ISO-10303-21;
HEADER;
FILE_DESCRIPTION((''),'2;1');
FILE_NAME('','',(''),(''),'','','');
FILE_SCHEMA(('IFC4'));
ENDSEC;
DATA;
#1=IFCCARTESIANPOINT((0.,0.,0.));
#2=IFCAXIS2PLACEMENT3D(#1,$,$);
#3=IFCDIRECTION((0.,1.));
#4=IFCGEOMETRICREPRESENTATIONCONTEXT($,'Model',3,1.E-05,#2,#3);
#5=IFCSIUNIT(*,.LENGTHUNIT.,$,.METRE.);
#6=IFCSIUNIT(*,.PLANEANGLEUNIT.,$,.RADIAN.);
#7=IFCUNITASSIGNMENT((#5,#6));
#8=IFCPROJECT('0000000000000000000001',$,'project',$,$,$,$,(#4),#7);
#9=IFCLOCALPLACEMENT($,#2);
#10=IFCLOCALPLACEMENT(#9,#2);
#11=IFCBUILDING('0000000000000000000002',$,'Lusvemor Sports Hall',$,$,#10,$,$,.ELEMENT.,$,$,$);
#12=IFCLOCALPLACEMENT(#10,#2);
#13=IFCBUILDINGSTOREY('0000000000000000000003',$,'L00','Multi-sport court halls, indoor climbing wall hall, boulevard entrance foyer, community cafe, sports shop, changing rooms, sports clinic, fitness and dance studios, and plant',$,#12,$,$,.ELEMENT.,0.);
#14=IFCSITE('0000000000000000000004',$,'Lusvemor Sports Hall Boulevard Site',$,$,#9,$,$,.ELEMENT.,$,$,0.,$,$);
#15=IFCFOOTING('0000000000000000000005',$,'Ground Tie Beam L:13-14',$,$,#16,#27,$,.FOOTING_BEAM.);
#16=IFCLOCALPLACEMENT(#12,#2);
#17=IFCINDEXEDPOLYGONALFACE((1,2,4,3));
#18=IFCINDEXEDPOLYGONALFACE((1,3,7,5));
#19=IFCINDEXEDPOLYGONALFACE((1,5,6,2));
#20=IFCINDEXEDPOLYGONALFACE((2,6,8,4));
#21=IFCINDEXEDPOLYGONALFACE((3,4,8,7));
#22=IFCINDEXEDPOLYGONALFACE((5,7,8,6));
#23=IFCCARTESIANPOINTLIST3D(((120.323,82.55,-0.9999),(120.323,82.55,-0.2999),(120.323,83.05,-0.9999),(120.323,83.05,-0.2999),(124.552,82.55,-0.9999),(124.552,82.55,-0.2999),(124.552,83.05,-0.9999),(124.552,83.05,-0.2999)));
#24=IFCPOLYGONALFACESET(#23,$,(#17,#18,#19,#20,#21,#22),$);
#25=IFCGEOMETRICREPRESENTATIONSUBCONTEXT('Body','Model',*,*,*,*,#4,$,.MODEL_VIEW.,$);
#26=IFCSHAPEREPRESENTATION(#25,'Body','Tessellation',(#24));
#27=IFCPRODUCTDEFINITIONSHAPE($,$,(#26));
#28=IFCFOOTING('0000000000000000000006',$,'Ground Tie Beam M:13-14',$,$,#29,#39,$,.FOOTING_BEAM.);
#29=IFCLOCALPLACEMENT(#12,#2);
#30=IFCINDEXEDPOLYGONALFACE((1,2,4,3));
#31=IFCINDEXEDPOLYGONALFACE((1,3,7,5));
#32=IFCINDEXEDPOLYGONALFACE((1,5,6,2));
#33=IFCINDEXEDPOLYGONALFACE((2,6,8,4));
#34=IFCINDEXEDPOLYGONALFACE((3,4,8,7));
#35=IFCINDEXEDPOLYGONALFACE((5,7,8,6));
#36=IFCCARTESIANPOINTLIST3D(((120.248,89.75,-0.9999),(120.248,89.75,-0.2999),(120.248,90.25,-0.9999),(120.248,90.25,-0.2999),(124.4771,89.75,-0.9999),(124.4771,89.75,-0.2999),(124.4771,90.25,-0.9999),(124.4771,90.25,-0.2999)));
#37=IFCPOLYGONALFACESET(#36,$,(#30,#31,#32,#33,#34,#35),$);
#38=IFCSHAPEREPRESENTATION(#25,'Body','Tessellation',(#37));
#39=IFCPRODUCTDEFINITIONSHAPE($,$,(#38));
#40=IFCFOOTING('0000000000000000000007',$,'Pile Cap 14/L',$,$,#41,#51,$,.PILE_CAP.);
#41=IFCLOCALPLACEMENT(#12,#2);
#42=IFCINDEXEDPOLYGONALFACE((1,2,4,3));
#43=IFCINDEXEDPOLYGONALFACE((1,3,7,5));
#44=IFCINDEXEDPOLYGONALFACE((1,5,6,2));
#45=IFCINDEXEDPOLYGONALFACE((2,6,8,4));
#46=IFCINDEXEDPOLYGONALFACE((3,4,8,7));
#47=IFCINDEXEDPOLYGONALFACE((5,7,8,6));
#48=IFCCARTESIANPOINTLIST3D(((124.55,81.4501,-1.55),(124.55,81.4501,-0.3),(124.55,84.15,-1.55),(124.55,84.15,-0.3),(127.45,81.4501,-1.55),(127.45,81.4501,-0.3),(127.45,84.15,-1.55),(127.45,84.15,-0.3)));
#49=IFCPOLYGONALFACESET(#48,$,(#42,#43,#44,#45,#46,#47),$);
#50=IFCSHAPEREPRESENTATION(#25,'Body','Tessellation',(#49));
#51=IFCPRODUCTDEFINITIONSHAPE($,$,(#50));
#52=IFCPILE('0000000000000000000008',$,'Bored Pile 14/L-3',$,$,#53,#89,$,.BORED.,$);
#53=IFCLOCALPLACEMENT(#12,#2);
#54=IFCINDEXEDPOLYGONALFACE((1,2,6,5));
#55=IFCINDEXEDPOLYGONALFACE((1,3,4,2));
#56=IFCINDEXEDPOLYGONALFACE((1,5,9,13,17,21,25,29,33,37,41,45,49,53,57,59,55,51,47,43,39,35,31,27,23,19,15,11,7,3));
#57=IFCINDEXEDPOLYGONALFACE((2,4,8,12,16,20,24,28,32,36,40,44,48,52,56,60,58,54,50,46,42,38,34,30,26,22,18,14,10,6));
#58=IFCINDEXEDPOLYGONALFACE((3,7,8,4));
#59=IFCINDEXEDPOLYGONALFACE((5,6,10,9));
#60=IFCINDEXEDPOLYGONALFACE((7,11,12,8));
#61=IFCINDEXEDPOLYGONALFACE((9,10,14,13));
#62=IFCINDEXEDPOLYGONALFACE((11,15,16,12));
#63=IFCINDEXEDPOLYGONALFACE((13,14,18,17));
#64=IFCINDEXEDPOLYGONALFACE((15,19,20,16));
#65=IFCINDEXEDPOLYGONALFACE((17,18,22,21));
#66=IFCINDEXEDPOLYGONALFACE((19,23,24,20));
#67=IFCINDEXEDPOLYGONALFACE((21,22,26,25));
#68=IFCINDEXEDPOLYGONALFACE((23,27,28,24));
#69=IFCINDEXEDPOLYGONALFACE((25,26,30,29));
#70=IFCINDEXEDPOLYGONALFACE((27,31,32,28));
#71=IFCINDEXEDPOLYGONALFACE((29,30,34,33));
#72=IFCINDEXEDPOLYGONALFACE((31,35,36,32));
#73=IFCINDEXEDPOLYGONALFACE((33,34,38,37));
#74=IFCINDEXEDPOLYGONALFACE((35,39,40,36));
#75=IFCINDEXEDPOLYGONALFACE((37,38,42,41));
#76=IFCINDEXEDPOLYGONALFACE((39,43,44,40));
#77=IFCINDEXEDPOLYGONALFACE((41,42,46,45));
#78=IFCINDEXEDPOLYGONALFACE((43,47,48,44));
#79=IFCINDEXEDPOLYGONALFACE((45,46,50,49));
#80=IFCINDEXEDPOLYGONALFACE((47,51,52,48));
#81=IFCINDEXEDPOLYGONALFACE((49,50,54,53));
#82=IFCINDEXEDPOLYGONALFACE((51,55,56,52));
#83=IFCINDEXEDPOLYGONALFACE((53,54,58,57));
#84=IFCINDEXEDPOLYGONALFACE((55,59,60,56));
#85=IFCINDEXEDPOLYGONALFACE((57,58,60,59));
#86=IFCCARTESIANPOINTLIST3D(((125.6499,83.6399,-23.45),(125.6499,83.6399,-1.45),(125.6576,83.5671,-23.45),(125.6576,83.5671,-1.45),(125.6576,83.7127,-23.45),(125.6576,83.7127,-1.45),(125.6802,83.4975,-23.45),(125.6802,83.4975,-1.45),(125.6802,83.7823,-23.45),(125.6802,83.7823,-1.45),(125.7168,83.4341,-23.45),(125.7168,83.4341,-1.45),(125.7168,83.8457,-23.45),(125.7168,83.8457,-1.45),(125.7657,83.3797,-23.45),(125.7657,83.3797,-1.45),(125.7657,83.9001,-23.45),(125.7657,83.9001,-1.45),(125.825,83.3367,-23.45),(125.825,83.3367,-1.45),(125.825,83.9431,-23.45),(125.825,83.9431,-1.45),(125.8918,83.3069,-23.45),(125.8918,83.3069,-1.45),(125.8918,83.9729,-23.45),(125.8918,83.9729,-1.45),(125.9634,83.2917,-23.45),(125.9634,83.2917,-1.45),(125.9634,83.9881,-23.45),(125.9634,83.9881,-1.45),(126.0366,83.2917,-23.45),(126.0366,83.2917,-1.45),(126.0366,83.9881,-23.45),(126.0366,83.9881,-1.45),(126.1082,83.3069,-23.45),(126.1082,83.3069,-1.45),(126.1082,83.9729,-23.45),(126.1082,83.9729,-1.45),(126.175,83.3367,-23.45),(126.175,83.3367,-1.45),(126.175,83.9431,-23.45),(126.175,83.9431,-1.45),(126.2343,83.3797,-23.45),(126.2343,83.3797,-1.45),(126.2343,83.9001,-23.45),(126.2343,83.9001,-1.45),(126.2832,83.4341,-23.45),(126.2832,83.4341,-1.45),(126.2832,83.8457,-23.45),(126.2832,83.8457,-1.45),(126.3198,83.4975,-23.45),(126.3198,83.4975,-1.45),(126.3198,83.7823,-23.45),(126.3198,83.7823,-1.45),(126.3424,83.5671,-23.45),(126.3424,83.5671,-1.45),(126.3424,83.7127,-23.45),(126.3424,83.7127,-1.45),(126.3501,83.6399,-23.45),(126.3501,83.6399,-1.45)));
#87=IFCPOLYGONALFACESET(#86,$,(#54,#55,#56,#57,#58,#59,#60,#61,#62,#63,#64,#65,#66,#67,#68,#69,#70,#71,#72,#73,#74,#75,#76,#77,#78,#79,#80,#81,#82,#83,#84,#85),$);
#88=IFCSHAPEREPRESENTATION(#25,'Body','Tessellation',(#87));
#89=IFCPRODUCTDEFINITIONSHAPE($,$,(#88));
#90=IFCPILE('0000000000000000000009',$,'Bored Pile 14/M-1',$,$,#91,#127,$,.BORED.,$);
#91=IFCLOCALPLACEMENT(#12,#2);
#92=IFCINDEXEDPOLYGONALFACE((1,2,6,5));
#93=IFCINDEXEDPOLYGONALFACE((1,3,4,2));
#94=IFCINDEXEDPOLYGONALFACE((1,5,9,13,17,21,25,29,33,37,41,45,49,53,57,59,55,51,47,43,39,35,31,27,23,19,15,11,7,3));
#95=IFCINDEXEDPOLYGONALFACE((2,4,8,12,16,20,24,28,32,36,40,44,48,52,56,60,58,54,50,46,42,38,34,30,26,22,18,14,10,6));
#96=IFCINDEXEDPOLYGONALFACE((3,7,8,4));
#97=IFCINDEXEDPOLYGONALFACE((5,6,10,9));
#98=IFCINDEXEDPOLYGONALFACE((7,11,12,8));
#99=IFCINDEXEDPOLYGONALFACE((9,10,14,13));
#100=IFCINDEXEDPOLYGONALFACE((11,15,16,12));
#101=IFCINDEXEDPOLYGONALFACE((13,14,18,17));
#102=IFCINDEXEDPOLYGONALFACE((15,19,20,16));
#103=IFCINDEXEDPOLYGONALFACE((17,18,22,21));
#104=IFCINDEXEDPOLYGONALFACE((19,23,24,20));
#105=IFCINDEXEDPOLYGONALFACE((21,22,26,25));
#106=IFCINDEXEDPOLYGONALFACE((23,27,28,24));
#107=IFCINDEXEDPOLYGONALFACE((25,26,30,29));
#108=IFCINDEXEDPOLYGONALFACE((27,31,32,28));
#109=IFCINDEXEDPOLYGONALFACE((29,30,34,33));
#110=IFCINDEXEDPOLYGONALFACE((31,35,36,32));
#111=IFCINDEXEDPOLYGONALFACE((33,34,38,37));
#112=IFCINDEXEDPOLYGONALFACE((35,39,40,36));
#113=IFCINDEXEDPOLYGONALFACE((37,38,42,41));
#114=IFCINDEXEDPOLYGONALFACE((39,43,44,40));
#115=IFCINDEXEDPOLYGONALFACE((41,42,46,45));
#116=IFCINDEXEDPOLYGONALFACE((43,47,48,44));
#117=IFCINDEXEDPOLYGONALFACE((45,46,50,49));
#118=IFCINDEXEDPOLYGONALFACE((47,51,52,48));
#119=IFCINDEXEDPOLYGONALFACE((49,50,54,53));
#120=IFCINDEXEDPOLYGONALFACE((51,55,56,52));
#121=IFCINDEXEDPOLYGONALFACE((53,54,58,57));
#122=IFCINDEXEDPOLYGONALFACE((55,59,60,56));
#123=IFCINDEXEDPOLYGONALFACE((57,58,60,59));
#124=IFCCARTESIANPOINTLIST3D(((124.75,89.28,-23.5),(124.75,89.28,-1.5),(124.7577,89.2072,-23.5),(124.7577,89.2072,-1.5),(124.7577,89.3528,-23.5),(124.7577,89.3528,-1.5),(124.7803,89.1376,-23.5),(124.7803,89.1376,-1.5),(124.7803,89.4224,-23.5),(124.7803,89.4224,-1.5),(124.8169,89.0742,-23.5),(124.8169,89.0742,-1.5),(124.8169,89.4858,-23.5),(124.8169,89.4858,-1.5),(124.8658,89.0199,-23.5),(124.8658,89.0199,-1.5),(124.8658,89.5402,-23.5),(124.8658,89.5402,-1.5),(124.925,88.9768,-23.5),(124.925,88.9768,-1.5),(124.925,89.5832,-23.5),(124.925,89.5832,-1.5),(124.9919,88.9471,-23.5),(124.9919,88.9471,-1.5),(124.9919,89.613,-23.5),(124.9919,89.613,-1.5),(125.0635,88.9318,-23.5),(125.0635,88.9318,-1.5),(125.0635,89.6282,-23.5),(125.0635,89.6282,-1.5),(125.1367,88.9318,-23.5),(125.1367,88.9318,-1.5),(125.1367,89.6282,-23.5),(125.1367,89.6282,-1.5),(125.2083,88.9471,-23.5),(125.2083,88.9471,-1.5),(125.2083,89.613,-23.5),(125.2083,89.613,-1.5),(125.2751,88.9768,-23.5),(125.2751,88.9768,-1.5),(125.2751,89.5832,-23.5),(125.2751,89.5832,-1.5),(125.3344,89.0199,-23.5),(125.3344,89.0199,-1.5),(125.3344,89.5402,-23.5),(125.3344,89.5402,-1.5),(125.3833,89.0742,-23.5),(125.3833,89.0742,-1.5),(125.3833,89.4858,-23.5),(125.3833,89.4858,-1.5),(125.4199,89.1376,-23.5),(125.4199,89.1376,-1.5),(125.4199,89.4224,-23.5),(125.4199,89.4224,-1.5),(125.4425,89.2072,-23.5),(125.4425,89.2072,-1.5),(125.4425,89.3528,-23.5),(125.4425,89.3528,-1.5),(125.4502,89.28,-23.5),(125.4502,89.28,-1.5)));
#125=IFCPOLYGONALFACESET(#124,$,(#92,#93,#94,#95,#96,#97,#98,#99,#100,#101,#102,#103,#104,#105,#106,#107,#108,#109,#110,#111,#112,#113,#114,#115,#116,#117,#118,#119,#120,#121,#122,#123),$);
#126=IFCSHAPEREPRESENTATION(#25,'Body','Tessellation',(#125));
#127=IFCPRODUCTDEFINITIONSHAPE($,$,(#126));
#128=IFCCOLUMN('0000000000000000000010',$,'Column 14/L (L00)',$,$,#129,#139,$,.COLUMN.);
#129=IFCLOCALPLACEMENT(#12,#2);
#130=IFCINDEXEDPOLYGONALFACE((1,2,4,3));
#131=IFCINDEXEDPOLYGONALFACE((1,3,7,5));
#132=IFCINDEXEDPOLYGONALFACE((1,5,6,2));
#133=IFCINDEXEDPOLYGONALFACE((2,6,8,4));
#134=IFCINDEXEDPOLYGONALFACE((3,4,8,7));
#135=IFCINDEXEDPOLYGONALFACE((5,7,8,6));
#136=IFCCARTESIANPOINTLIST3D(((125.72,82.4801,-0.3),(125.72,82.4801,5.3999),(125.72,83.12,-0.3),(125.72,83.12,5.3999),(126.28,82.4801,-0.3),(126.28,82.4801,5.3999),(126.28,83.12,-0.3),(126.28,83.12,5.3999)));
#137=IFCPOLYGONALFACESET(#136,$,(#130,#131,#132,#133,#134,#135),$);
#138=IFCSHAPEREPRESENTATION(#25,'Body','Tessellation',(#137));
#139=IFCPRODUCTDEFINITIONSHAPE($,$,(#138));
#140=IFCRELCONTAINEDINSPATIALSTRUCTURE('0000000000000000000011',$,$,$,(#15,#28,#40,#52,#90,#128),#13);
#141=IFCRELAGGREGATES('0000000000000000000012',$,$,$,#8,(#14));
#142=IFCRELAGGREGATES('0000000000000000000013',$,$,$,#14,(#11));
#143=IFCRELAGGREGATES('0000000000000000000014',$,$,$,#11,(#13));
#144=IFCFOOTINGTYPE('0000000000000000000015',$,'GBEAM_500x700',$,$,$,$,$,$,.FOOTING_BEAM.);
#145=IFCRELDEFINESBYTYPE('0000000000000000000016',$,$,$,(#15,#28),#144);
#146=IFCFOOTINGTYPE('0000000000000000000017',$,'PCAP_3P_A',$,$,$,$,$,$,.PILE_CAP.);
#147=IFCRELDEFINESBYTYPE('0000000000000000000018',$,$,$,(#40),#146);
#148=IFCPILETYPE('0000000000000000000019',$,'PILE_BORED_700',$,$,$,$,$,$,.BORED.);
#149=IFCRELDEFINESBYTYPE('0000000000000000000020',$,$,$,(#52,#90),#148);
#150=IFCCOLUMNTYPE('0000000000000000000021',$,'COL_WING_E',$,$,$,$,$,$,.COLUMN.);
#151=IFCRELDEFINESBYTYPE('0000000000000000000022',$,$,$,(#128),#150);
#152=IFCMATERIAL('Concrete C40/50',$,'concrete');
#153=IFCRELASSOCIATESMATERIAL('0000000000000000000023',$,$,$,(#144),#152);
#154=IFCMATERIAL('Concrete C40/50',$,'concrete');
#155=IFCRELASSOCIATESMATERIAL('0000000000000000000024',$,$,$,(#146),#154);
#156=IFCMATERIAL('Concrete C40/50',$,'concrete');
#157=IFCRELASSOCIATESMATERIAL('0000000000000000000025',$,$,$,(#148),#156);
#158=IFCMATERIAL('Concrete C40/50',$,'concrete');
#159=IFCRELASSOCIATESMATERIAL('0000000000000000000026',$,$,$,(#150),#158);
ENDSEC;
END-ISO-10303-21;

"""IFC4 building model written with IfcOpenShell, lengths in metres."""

from ifc_helpers import new_model, si_unit, direction, frame, origin, origin_2d, place, context, subcontext, project, spatial, rectangle, circle, extrude, material, material_profile, profile_set, type_object, element, save


model = new_model("IFC4")

# Units and contexts
model_context = context("Model", 3, precision=1e-05, world=origin(), true_north=direction((0.0, 1.0)))
body_context = subcontext(model_context, "Body", "Model", "MODEL_VIEW")
ifc_project = project(units=[si_unit("LENGTHUNIT", "METRE"), si_unit("PLANEANGLEUNIT", "RADIAN")], contexts=[model_context])

# Site, building, storey
site_placement = place(None, origin())
site = spatial("IfcSite", under=ifc_project, at=site_placement, Name="Lusvemor Sports Hall Boulevard Site", CompositionType="ELEMENT", RefElevation=0.0)
building_placement = place(site_placement, origin())
building = spatial("IfcBuilding", under=site, at=building_placement, Name="Lusvemor Sports Hall", CompositionType="ELEMENT")
storey_placement = place(building_placement, origin())
storey = spatial("IfcBuildingStorey", under=building, at=storey_placement, Name="L00", Description="Multi-sport court halls, indoor climbing wall hall, boulevard entrance foyer, community cafe, sports shop, changing rooms, sports clinic, fitness and dance studios, and plant", CompositionType="ELEMENT", Elevation=0.0)

# Footings
ifc_material_1 = material(Name="Concrete C40/50", Category="concrete")
ifc_material_profile_1 = material_profile(ifc_material_1, rectangle(XDim=0.5, YDim=0.7, at=origin_2d()), Name="GB_500x700")
ifc_profile_set_1 = profile_set([ifc_material_profile_1], Name="Concrete C40/50")
footing_type_1 = type_object("IfcFootingType", Name="GBEAM_500x700", PredefinedType="FOOTING_BEAM", material=ifc_profile_set_1)
for number, where, z_axis, x_axis, name in (
    (1, (120.323, 82.8, -0.6499), (1.0, 0.0, 0.0), (0.0, 1.0, 0.0), "Ground Tie Beam L:13-14"),
    (2, (120.248, 90.0, -0.6499), (1.0, 0.0, 0.0), (0.0, 1.0, 0.0), "Ground Tie Beam M:13-14"),
):
    element("IfcFooting", number, at=place(storey_placement, frame(where, z_axis=z_axis, x_axis=x_axis)), inside=storey, type_object=footing_type_1, Name=name, PredefinedType="FOOTING_BEAM", context=body_context, shape_type="SweptSolid", body=[
        extrude(rectangle(XDim=0.5, YDim=0.7, at=origin_2d()), origin(), (0.0, 0.0, 1.0), 4.229),
    ])
ifc_material_2 = material(Name="Concrete C40/50", Category="concrete")
footing_type_2 = type_object("IfcFootingType", Name="PCAP_3P_A", PredefinedType="PILE_CAP", material=ifc_material_2)
footing_placement = place(storey_placement, frame((126.0, 82.8, -1.55), z_axis=(0.0, 0.0, 1.0), x_axis=(1.0, 0.0, 0.0)))
element("IfcFooting", 3, at=footing_placement, inside=storey, type_object=footing_type_2, Name="Pile Cap 14/L", PredefinedType="PILE_CAP", context=body_context, shape_type="SweptSolid", body=[
    extrude(rectangle(XDim=2.8999, YDim=2.7, at=origin_2d()), origin(), (0.0, 0.0, 1.0), 1.25),
])

# Piles
ifc_material_3 = material(Name="Concrete C40/50", Category="concrete")
ifc_material_profile_2 = material_profile(ifc_material_3, circle(Radius=0.3501, at=origin_2d()), Name="PILE700")
ifc_profile_set_2 = profile_set([ifc_material_profile_2], Name="Concrete C40/50")
pile_type = type_object("IfcPileType", Name="PILE_BORED_700", PredefinedType="BORED", material=ifc_profile_set_2)
for number, where, z_axis, x_axis, name in (
    (4, (126.0, 83.6399, -1.45), (0.0, 0.0, -1.0), (1.0, 0.0, 0.0), "Bored Pile 14/L-3"),
    (5, (125.1001, 89.28, -1.5), (0.0, 0.0, -1.0), (1.0, 0.0, 0.0), "Bored Pile 14/M-1"),
):
    element("IfcPile", number, at=place(storey_placement, frame(where, z_axis=z_axis, x_axis=x_axis)), inside=storey, type_object=pile_type, Name=name, PredefinedType="BORED", context=body_context, shape_type="SweptSolid", body=[
        extrude(circle(Radius=0.3501, at=origin_2d()), origin(), (0.0, 0.0, 1.0), 22.0),
    ])

# Column
ifc_material_4 = material(Name="Concrete C40/50", Category="concrete")
ifc_material_profile_3 = material_profile(ifc_material_4, rectangle(XDim=0.5601, YDim=0.6399, at=origin_2d()), Name="RC560x640")
ifc_profile_set_3 = profile_set([ifc_material_profile_3], Name="Concrete C40/50")
column_type = type_object("IfcColumnType", Name="COL_WING_E", PredefinedType="COLUMN", material=ifc_profile_set_3)
column_placement = place(storey_placement, frame((126.0, 82.8, -0.3), z_axis=(0.0, 0.0, 1.0), x_axis=(1.0, 0.0, 0.0)))
element("IfcColumn", 6, at=column_placement, inside=storey, type_object=column_type, Name="Column 14/L (L00)", PredefinedType="COLUMN", context=body_context, shape_type="SweptSolid", body=[
    extrude(rectangle(XDim=0.5601, YDim=0.6399, at=origin_2d()), origin(), (0.0, 0.0, 1.0), 5.7),
])

save(model, "model.ifc")
